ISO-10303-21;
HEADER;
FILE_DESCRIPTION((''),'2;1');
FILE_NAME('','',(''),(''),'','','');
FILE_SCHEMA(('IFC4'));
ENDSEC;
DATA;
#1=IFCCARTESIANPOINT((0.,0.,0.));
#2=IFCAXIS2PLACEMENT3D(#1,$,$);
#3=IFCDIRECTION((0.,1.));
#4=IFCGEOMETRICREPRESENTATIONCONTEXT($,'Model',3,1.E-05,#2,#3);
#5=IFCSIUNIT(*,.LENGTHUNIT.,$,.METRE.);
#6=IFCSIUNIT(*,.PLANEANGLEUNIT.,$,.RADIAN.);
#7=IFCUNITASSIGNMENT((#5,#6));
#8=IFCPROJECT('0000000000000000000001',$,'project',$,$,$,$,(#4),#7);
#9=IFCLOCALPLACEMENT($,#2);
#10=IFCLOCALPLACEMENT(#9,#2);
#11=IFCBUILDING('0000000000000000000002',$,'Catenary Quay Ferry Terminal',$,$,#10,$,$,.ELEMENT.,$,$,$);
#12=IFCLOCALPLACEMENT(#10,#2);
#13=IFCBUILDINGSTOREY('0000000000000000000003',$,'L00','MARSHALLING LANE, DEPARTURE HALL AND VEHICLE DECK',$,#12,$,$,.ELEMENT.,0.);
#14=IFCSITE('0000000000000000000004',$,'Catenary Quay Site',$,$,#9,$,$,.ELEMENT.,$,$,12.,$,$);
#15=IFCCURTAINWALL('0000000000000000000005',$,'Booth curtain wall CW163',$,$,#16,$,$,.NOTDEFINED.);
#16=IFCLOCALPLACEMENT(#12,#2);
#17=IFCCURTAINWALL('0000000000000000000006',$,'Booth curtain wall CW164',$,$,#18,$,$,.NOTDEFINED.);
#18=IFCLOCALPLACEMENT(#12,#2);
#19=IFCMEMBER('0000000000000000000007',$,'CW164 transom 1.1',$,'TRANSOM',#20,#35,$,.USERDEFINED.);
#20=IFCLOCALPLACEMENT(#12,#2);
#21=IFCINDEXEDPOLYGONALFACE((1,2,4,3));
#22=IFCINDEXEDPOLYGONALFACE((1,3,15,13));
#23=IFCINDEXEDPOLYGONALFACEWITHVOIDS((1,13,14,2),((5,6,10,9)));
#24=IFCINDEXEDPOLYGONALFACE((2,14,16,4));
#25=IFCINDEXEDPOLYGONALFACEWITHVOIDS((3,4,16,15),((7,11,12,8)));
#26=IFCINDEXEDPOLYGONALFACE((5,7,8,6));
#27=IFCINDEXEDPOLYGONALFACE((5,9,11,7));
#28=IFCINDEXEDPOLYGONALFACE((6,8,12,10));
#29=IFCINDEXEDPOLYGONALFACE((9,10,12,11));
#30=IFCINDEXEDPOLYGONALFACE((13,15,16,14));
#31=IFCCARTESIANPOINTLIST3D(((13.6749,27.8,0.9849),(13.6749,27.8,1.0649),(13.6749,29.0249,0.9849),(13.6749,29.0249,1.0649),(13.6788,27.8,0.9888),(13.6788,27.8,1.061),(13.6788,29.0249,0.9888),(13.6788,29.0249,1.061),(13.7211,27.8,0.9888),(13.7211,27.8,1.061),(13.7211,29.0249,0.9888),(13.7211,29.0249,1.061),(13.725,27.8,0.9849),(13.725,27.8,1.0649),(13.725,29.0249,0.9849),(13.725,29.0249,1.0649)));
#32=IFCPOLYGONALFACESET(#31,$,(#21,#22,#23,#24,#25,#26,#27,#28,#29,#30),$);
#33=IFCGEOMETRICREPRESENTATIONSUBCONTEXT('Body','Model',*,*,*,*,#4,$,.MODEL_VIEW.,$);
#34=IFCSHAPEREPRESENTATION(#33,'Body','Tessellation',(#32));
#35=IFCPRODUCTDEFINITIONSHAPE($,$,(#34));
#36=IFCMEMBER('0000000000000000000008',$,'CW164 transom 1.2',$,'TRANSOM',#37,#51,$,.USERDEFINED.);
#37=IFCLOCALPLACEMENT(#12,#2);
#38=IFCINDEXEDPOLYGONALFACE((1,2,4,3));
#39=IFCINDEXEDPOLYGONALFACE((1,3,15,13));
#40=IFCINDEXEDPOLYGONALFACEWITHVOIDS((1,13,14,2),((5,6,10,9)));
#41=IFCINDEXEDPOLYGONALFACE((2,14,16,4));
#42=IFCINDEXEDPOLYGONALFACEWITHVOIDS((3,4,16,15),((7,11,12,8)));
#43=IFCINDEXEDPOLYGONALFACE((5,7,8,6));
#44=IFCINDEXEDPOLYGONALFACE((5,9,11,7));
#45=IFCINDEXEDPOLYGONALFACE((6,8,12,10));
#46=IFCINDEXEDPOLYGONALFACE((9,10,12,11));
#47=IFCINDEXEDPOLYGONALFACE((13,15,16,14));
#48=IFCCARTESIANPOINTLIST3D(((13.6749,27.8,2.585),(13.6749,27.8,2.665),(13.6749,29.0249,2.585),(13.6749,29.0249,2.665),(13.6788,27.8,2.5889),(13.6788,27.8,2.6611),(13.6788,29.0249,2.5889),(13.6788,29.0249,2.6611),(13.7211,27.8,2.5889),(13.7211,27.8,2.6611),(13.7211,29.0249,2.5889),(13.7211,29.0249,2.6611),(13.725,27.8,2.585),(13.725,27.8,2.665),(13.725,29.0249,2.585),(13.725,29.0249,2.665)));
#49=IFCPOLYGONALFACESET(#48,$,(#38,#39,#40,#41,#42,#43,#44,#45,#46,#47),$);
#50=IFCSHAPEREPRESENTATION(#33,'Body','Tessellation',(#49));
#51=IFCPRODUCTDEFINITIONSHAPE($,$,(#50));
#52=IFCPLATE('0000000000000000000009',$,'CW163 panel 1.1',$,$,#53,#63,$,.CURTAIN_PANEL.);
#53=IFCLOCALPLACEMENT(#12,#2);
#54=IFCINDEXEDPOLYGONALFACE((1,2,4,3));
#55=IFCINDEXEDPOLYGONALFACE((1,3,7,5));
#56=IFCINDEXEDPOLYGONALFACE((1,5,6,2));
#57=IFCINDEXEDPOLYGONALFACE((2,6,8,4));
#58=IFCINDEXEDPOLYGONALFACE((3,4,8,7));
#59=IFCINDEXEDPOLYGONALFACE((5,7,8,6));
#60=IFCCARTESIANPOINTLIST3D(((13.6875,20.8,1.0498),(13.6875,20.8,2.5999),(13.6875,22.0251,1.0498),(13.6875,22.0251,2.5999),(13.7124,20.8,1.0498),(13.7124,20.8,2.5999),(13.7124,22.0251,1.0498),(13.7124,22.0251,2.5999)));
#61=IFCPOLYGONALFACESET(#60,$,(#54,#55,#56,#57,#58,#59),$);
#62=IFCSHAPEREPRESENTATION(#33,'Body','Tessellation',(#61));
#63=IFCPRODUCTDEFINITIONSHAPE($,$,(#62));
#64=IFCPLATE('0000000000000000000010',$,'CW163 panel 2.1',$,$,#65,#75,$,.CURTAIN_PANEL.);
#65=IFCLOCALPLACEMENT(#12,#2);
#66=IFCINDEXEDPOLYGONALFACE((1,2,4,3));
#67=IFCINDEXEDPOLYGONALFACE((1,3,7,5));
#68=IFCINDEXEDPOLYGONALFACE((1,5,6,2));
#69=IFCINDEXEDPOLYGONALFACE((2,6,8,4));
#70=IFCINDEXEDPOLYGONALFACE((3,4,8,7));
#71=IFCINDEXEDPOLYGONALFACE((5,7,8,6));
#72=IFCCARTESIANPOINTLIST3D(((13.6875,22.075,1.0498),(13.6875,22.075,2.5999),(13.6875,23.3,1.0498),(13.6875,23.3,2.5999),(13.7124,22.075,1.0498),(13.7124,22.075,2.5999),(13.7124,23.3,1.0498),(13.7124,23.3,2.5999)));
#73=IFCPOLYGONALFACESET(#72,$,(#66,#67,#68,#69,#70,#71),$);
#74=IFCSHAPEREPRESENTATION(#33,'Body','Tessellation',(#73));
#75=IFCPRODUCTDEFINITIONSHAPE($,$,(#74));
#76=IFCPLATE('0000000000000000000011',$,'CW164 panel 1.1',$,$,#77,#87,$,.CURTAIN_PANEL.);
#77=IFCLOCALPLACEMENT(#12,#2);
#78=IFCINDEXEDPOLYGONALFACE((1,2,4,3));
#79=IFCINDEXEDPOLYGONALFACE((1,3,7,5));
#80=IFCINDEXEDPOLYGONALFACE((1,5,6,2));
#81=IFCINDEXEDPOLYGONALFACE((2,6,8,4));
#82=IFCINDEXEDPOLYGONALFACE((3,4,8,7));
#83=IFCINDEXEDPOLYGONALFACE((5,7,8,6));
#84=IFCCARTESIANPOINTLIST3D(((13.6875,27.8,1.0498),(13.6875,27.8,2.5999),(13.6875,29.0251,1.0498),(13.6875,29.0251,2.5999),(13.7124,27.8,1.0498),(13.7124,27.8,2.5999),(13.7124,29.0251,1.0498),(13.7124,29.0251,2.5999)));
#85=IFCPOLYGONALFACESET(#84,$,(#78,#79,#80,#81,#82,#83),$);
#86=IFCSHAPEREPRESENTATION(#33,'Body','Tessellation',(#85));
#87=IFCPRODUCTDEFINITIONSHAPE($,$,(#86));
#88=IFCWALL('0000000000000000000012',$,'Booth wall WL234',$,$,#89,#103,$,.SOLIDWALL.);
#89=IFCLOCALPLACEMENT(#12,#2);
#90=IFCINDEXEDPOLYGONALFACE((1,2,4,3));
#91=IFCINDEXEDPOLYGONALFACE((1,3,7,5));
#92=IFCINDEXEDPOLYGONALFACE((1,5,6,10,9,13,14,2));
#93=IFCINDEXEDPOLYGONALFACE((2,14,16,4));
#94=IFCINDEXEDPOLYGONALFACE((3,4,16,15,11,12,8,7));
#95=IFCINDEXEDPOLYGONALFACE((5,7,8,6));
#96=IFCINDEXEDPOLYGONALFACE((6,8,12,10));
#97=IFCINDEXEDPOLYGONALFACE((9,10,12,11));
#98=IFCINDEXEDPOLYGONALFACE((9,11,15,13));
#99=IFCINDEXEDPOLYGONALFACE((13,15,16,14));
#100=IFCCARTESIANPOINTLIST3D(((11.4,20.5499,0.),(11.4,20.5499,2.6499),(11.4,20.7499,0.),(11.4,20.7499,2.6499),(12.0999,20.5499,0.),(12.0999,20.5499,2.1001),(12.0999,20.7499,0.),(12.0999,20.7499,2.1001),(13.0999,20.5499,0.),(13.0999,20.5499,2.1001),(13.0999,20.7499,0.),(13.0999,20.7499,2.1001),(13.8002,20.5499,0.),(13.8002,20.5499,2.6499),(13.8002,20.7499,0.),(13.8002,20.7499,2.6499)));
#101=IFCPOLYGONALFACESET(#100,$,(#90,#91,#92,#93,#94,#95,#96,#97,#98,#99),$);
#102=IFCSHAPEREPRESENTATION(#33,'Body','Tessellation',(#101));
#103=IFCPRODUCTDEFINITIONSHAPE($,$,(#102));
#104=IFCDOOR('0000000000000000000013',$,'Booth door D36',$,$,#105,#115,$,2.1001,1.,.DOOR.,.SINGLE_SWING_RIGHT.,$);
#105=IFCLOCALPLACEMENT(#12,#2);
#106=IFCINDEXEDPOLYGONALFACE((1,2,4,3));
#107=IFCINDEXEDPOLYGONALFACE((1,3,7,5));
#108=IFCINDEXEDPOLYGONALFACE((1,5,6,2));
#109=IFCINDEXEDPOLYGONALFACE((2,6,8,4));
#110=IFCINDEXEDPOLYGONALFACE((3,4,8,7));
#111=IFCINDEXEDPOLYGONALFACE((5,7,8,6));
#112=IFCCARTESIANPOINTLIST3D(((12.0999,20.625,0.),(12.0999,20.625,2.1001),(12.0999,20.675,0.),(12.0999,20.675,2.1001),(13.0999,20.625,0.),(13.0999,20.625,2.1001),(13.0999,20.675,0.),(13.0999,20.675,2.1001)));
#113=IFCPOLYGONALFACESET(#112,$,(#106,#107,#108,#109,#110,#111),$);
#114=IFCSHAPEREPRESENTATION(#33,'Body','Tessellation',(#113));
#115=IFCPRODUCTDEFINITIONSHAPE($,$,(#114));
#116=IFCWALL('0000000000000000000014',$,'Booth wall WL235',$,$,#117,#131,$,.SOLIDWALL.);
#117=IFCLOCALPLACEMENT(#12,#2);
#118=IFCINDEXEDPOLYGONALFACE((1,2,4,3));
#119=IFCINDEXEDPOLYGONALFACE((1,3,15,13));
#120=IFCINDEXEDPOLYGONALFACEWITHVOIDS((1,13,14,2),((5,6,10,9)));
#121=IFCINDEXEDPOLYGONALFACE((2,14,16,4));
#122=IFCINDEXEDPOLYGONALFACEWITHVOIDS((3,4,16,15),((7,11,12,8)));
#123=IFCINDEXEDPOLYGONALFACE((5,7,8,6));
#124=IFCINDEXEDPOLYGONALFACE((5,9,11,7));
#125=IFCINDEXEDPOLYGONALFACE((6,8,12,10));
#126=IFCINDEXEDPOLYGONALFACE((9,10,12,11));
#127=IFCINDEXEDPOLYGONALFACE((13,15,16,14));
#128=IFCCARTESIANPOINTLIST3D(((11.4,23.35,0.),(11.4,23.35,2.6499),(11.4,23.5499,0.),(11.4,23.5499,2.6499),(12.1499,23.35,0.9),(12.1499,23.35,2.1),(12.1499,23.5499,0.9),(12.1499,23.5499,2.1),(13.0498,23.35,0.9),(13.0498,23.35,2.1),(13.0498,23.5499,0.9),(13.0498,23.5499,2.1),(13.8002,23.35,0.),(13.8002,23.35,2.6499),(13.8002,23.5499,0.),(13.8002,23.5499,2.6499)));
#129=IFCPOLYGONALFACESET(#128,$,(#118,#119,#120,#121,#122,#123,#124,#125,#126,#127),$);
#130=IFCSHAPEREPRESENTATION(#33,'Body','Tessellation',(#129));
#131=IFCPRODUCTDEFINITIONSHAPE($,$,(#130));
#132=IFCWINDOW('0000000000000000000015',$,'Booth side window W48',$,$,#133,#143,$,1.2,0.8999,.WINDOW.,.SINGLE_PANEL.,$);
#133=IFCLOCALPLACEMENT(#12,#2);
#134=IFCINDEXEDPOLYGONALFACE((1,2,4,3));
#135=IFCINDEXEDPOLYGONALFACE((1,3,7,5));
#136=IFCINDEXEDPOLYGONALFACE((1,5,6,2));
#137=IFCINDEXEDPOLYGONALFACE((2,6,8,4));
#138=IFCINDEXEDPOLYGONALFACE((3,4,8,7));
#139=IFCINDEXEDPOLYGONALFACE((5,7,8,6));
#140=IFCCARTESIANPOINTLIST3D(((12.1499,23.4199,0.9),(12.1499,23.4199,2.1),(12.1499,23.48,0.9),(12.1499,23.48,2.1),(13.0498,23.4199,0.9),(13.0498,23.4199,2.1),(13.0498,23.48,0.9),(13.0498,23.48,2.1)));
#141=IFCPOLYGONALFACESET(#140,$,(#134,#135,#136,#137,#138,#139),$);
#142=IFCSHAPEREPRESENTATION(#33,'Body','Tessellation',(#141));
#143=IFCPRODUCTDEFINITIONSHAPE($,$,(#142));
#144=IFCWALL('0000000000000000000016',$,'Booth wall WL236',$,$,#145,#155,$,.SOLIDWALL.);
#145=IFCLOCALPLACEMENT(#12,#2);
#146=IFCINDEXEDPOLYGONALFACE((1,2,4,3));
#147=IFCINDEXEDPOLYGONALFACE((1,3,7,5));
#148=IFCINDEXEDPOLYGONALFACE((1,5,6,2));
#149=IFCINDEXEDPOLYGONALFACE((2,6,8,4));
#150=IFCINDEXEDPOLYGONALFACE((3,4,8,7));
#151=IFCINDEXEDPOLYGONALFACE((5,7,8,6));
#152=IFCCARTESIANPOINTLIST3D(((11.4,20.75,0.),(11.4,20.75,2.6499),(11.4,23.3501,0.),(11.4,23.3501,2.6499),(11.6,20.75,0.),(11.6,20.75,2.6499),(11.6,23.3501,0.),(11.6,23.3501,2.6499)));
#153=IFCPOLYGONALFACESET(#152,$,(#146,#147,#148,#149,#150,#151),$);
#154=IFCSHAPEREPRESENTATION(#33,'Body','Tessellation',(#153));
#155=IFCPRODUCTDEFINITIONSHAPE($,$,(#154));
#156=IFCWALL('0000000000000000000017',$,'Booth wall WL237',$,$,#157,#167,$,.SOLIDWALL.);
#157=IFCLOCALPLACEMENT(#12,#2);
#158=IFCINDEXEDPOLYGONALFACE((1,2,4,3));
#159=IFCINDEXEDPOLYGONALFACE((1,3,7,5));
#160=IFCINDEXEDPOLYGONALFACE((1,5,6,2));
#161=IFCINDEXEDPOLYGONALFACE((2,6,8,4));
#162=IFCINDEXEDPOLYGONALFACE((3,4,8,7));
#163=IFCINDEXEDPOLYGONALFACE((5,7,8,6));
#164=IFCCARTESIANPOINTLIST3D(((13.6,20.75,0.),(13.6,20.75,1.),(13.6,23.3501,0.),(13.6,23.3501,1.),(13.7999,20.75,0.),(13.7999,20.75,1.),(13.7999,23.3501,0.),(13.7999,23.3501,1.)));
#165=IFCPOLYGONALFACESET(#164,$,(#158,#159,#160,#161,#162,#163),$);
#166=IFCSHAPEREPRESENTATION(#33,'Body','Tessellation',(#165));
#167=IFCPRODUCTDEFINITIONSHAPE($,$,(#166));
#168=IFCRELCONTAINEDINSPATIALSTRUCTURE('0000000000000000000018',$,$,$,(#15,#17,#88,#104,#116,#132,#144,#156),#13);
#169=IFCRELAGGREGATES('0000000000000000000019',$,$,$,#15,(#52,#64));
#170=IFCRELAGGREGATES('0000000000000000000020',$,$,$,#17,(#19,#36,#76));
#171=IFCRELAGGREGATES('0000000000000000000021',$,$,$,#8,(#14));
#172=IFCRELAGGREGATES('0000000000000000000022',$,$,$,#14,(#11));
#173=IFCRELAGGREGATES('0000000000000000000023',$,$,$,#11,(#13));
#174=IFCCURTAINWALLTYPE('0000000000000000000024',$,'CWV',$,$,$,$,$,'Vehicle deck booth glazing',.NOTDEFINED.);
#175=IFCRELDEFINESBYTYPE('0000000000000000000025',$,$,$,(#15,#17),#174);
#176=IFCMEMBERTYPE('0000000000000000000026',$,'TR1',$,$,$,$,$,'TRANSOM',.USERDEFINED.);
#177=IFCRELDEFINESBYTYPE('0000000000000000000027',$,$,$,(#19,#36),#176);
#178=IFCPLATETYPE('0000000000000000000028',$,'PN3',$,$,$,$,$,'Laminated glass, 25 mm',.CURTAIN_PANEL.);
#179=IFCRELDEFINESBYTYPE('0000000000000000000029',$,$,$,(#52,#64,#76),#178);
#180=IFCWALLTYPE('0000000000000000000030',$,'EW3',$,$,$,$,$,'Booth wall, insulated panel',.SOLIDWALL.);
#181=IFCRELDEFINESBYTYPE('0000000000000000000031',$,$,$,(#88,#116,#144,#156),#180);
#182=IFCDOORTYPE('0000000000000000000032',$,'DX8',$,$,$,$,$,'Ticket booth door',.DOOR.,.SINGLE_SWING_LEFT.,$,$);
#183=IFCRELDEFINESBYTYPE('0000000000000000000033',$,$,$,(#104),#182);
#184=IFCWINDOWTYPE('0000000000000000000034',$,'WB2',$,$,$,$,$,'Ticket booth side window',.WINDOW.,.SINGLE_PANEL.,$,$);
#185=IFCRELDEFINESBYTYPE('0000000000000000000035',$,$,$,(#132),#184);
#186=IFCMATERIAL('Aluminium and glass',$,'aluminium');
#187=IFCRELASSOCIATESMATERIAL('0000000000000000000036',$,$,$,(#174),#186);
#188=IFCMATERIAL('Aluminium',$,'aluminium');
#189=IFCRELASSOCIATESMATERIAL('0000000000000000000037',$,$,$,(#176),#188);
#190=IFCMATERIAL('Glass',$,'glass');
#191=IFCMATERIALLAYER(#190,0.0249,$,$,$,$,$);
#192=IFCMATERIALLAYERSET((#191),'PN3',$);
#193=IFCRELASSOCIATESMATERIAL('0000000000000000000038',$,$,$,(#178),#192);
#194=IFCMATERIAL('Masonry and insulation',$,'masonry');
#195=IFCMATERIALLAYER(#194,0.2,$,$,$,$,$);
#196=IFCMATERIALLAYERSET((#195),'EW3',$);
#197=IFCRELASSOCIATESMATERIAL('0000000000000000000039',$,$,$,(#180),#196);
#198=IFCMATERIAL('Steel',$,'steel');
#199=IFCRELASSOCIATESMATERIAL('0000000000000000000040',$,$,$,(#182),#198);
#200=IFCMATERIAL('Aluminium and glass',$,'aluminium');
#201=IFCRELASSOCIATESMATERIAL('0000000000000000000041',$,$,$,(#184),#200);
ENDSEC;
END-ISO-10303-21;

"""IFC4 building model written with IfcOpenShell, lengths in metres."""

from ifc_helpers import new_model, si_unit, direction, frame, frame_2d, origin, origin_2d, place, context, subcontext, project, spatial, rectangle, hollow_rectangle, extrude, material, layer, layer_set, material_profile, profile_set, type_object, element, fill, aggregate, save


model = new_model("IFC4")

# Units and contexts
model_context = context("Model", 3, precision=1e-05, world=origin(), true_north=direction((0.0, 1.0)))
body_context = subcontext(model_context, "Body", "Model", "MODEL_VIEW")
ifc_project = project(units=[si_unit("LENGTHUNIT", "METRE"), si_unit("PLANEANGLEUNIT", "RADIAN")], contexts=[model_context])

# Site, building, storey
site_placement = place(None, origin())
site = spatial("IfcSite", under=ifc_project, at=site_placement, Name="Catenary Quay Site", CompositionType="ELEMENT", RefElevation=12.0)
building_placement = place(site_placement, origin())
building = spatial("IfcBuilding", under=site, at=building_placement, Name="Catenary Quay Ferry Terminal", CompositionType="ELEMENT")
storey_placement = place(building_placement, origin())
storey = spatial("IfcBuildingStorey", under=building, at=storey_placement, Name="L00", Description="MARSHALLING LANE, DEPARTURE HALL AND VEHICLE DECK", CompositionType="ELEMENT", Elevation=0.0)

# Curtain wall
ifc_material_1 = material(Name="Aluminium and glass", Category="aluminium")
curtain_wall_type = type_object("IfcCurtainWallType", Name="CWV", ElementType="Vehicle deck booth glazing", PredefinedType="NOTDEFINED", material=ifc_material_1)
curtain_wall_1_placement = place(storey_placement, origin())
curtain_wall_1 = element("IfcCurtainWall", 1, at=curtain_wall_1_placement, inside=storey, type_object=curtain_wall_type, Name="Booth curtain wall CW163", PredefinedType="NOTDEFINED")

# Curtain wall
curtain_wall_2_placement = place(storey_placement, origin())
curtain_wall_2 = element("IfcCurtainWall", 2, at=curtain_wall_2_placement, inside=storey, type_object=curtain_wall_type, Name="Booth curtain wall CW164", PredefinedType="NOTDEFINED")

# Members
ifc_material_2 = material(Name="Aluminium", Category="aluminium")
ifc_material_profile_1 = material_profile(ifc_material_2, hollow_rectangle(XDim=0.05, YDim=0.0801, WallThickness=0.0039, at=origin_2d()), Name="TR1")
ifc_profile_set_1 = profile_set([ifc_material_profile_1], Name="Aluminium")
member_type_1 = type_object("IfcMemberType", Name="TR1", ElementType="TRANSOM", PredefinedType="USERDEFINED", material=ifc_profile_set_1)
member_1_placement = place(storey_placement, frame((13.7, 27.8, 1.0249), z_axis=(0.0, 1.0, 0.0), x_axis=(-1.0, 0.0, 0.0)))
member_1 = element("IfcMember", 3, at=member_1_placement, type_object=member_type_1, Name="CW164 transom 1.1", ObjectType="TRANSOM", PredefinedType="USERDEFINED", context=body_context, shape_type="SweptSolid", body=[
    extrude(hollow_rectangle(XDim=0.05, YDim=0.0801, WallThickness=0.0039, at=origin_2d()), origin(), (0.0, 0.0, 1.0), 1.2249),
])
member_2_placement = place(storey_placement, frame((13.7, 27.8, 2.625), z_axis=(0.0, 1.0, 0.0), x_axis=(-1.0, 0.0, 0.0)))
member_2 = element("IfcMember", 4, at=member_2_placement, type_object=member_type_1, Name="CW164 transom 1.2", ObjectType="TRANSOM", PredefinedType="USERDEFINED", context=body_context, shape_type="SweptSolid", body=[
    extrude(hollow_rectangle(XDim=0.05, YDim=0.0801, WallThickness=0.0039, at=origin_2d()), origin(), (0.0, 0.0, 1.0), 1.2249),
])

# Plates
ifc_material_3 = material(Name="Glass", Category="glass")
ifc_layer_1 = layer(ifc_material_3, 0.0249)
ifc_layer_set_1 = layer_set([ifc_layer_1], Name="PN3")
plate_type = type_object("IfcPlateType", Name="PN3", ElementType="Laminated glass, 25 mm", PredefinedType="CURTAIN_PANEL", material=ifc_layer_set_1)
plate_1_placement = place(storey_placement, frame((13.7, 21.4126, 1.0498), z_axis=(0.0, 0.0, 1.0), x_axis=(0.0, 1.0, 0.0)))
plate_1 = element("IfcPlate", 5, at=plate_1_placement, type_object=plate_type, Name="CW163 panel 1.1", PredefinedType="CURTAIN_PANEL", context=body_context, shape_type="SweptSolid", body=[
    extrude(rectangle(XDim=1.2251, YDim=0.0249, at=origin_2d()), origin(), (0.0, 0.0, 1.0), 1.55),
])
plate_2_placement = place(storey_placement, frame((13.7, 22.6875, 1.0498), z_axis=(0.0, 0.0, 1.0), x_axis=(0.0, 1.0, 0.0)))
plate_2 = element("IfcPlate", 6, at=plate_2_placement, type_object=plate_type, Name="CW163 panel 2.1", PredefinedType="CURTAIN_PANEL", context=body_context, shape_type="SweptSolid", body=[
    extrude(rectangle(XDim=1.2251, YDim=0.0249, at=origin_2d()), origin(), (0.0, 0.0, 1.0), 1.55),
])
aggregate(curtain_wall_1, [plate_1, plate_2])
plate_3_placement = place(storey_placement, frame((13.7, 28.4126, 1.0498), z_axis=(0.0, 0.0, 1.0), x_axis=(0.0, 1.0, 0.0)))
plate_3 = element("IfcPlate", 7, at=plate_3_placement, type_object=plate_type, Name="CW164 panel 1.1", PredefinedType="CURTAIN_PANEL", context=body_context, shape_type="SweptSolid", body=[
    extrude(rectangle(XDim=1.2251, YDim=0.0249, at=origin_2d()), origin(), (0.0, 0.0, 1.0), 1.55),
])
aggregate(curtain_wall_2, [member_1, member_2, plate_3])

# Wall, opening, door
ifc_material_4 = material(Name="Masonry and insulation", Category="masonry")
ifc_layer_2 = layer(ifc_material_4, 0.2)
ifc_layer_set_2 = layer_set([ifc_layer_2], Name="EW3")
wall_type = type_object("IfcWallType", Name="EW3", ElementType="Booth wall, insulated panel", PredefinedType="SOLIDWALL", material=ifc_layer_set_2)
wall_1_placement = place(storey_placement, frame((11.3999, 20.6499, 0.0), z_axis=(0.0, 0.0, 1.0), x_axis=(1.0, 0.0, 0.0)))
wall_1 = element("IfcWall", 8, at=wall_1_placement, inside=storey, type_object=wall_type, Name="Booth wall WL234", PredefinedType="SOLIDWALL", context=body_context, shape_type="SweptSolid", body=[
    extrude(rectangle(XDim=2.4001, YDim=0.2, at=frame_2d((1.2002, 0.0))), origin(), (0.0, 0.0, 1.0), 2.6499),
])
opening_1_placement = place(wall_1_placement, frame((0.7, 0.0, 0.0)))
opening_1 = element("IfcOpeningElement", 9, at=opening_1_placement, cuts=wall_1, PredefinedType="OPENING", context=body_context, shape_type="SweptSolid", body=[
    extrude(rectangle(XDim=1.0, YDim=2.1001, at=frame_2d((0.5, 1.05))), frame((0.0, 0.1099, 0.0), z_axis=(0.0, -1.0, 0.0), x_axis=(1.0, 0.0, 0.0)), (0.0, 0.0, 1.0), 0.22),
])
ifc_material_5 = material(Name="Steel", Category="steel")
door_type = type_object("IfcDoorType", Name="DX8", ElementType="Ticket booth door", OperationType="SINGLE_SWING_LEFT", PredefinedType="DOOR", material=ifc_material_5)
door_1_placement = place(opening_1_placement, frame((1.0, 0.0, 0.0), z_axis=(0.0, 0.0, 1.0), x_axis=(-1.0, 0.0, 0.0)))
door_1 = element("IfcDoor", 10, at=door_1_placement, inside=storey, type_object=door_type, Name="Booth door D36", OperationType="SINGLE_SWING_RIGHT", OverallHeight=2.1001, OverallWidth=1.0, PredefinedType="DOOR", context=body_context, shape_type="SweptSolid", body=[
    extrude(rectangle(XDim=1.0, YDim=2.1001, at=frame_2d((0.5, 1.05))), frame((0.0, 0.0249, 0.0), z_axis=(0.0, -1.0, 0.0), x_axis=(1.0, 0.0, 0.0)), (0.0, 0.0, 1.0), 0.05),
])
fill(opening_1, door_1)

# Wall, opening, window
wall_2_placement = place(storey_placement, frame((11.3999, 23.45, 0.0), z_axis=(0.0, 0.0, 1.0), x_axis=(1.0, 0.0, 0.0)))
wall_2 = element("IfcWall", 11, at=wall_2_placement, inside=storey, type_object=wall_type, Name="Booth wall WL235", PredefinedType="SOLIDWALL", context=body_context, shape_type="SweptSolid", body=[
    extrude(rectangle(XDim=2.4001, YDim=0.2, at=frame_2d((1.2002, 0.0))), origin(), (0.0, 0.0, 1.0), 2.6499),
])
opening_2_placement = place(wall_2_placement, frame((0.75, 0.0, 0.8999)))
opening_2 = element("IfcOpeningElement", 12, at=opening_2_placement, cuts=wall_2, PredefinedType="OPENING", context=body_context, shape_type="SweptSolid", body=[
    extrude(rectangle(XDim=0.8999, YDim=1.2, at=frame_2d((0.45, 0.6001))), frame((0.0, 0.1099, 0.0), z_axis=(0.0, -1.0, 0.0), x_axis=(1.0, 0.0, 0.0)), (0.0, 0.0, 1.0), 0.22),
])
ifc_material_6 = material(Name="Aluminium and glass", Category="aluminium")
window_type = type_object("IfcWindowType", Name="WB2", ElementType="Ticket booth side window", PartitioningType="SINGLE_PANEL", PredefinedType="WINDOW", material=ifc_material_6)
window_1_placement = place(opening_2_placement, origin())
window_1 = element("IfcWindow", 13, at=window_1_placement, inside=storey, type_object=window_type, Name="Booth side window W48", OverallHeight=1.2, OverallWidth=0.8999, PartitioningType="SINGLE_PANEL", PredefinedType="WINDOW", context=body_context, shape_type="SweptSolid", body=[
    extrude(rectangle(XDim=0.8999, YDim=1.2, at=frame_2d((0.45, 0.6001))), frame((0.0, 0.03, 0.0), z_axis=(0.0, -1.0, 0.0), x_axis=(1.0, 0.0, 0.0)), (0.0, 0.0, 1.0), 0.0601),
])
fill(opening_2, window_1)

# Walls
wall_3_placement = place(storey_placement, frame((11.5, 20.75, 0.0), z_axis=(0.0, 0.0, 1.0), x_axis=(0.0, 1.0, 0.0)))
element("IfcWall", 14, at=wall_3_placement, inside=storey, type_object=wall_type, Name="Booth wall WL236", PredefinedType="SOLIDWALL", context=body_context, shape_type="SweptSolid", body=[
    extrude(rectangle(XDim=2.6001, YDim=0.2, at=frame_2d((1.3, 0.0))), origin(), (0.0, 0.0, 1.0), 2.6499),
])
wall_4_placement = place(storey_placement, frame((13.7, 20.75, 0.0), z_axis=(0.0, 0.0, 1.0), x_axis=(0.0, 1.0, 0.0)))
element("IfcWall", 15, at=wall_4_placement, inside=storey, type_object=wall_type, Name="Booth wall WL237", PredefinedType="SOLIDWALL", context=body_context, shape_type="SweptSolid", body=[
    extrude(rectangle(XDim=2.6001, YDim=0.2, at=frame_2d((1.3, 0.0))), origin(), (0.0, 0.0, 1.0), 1.0),
])

save(model, "model.ifc")
